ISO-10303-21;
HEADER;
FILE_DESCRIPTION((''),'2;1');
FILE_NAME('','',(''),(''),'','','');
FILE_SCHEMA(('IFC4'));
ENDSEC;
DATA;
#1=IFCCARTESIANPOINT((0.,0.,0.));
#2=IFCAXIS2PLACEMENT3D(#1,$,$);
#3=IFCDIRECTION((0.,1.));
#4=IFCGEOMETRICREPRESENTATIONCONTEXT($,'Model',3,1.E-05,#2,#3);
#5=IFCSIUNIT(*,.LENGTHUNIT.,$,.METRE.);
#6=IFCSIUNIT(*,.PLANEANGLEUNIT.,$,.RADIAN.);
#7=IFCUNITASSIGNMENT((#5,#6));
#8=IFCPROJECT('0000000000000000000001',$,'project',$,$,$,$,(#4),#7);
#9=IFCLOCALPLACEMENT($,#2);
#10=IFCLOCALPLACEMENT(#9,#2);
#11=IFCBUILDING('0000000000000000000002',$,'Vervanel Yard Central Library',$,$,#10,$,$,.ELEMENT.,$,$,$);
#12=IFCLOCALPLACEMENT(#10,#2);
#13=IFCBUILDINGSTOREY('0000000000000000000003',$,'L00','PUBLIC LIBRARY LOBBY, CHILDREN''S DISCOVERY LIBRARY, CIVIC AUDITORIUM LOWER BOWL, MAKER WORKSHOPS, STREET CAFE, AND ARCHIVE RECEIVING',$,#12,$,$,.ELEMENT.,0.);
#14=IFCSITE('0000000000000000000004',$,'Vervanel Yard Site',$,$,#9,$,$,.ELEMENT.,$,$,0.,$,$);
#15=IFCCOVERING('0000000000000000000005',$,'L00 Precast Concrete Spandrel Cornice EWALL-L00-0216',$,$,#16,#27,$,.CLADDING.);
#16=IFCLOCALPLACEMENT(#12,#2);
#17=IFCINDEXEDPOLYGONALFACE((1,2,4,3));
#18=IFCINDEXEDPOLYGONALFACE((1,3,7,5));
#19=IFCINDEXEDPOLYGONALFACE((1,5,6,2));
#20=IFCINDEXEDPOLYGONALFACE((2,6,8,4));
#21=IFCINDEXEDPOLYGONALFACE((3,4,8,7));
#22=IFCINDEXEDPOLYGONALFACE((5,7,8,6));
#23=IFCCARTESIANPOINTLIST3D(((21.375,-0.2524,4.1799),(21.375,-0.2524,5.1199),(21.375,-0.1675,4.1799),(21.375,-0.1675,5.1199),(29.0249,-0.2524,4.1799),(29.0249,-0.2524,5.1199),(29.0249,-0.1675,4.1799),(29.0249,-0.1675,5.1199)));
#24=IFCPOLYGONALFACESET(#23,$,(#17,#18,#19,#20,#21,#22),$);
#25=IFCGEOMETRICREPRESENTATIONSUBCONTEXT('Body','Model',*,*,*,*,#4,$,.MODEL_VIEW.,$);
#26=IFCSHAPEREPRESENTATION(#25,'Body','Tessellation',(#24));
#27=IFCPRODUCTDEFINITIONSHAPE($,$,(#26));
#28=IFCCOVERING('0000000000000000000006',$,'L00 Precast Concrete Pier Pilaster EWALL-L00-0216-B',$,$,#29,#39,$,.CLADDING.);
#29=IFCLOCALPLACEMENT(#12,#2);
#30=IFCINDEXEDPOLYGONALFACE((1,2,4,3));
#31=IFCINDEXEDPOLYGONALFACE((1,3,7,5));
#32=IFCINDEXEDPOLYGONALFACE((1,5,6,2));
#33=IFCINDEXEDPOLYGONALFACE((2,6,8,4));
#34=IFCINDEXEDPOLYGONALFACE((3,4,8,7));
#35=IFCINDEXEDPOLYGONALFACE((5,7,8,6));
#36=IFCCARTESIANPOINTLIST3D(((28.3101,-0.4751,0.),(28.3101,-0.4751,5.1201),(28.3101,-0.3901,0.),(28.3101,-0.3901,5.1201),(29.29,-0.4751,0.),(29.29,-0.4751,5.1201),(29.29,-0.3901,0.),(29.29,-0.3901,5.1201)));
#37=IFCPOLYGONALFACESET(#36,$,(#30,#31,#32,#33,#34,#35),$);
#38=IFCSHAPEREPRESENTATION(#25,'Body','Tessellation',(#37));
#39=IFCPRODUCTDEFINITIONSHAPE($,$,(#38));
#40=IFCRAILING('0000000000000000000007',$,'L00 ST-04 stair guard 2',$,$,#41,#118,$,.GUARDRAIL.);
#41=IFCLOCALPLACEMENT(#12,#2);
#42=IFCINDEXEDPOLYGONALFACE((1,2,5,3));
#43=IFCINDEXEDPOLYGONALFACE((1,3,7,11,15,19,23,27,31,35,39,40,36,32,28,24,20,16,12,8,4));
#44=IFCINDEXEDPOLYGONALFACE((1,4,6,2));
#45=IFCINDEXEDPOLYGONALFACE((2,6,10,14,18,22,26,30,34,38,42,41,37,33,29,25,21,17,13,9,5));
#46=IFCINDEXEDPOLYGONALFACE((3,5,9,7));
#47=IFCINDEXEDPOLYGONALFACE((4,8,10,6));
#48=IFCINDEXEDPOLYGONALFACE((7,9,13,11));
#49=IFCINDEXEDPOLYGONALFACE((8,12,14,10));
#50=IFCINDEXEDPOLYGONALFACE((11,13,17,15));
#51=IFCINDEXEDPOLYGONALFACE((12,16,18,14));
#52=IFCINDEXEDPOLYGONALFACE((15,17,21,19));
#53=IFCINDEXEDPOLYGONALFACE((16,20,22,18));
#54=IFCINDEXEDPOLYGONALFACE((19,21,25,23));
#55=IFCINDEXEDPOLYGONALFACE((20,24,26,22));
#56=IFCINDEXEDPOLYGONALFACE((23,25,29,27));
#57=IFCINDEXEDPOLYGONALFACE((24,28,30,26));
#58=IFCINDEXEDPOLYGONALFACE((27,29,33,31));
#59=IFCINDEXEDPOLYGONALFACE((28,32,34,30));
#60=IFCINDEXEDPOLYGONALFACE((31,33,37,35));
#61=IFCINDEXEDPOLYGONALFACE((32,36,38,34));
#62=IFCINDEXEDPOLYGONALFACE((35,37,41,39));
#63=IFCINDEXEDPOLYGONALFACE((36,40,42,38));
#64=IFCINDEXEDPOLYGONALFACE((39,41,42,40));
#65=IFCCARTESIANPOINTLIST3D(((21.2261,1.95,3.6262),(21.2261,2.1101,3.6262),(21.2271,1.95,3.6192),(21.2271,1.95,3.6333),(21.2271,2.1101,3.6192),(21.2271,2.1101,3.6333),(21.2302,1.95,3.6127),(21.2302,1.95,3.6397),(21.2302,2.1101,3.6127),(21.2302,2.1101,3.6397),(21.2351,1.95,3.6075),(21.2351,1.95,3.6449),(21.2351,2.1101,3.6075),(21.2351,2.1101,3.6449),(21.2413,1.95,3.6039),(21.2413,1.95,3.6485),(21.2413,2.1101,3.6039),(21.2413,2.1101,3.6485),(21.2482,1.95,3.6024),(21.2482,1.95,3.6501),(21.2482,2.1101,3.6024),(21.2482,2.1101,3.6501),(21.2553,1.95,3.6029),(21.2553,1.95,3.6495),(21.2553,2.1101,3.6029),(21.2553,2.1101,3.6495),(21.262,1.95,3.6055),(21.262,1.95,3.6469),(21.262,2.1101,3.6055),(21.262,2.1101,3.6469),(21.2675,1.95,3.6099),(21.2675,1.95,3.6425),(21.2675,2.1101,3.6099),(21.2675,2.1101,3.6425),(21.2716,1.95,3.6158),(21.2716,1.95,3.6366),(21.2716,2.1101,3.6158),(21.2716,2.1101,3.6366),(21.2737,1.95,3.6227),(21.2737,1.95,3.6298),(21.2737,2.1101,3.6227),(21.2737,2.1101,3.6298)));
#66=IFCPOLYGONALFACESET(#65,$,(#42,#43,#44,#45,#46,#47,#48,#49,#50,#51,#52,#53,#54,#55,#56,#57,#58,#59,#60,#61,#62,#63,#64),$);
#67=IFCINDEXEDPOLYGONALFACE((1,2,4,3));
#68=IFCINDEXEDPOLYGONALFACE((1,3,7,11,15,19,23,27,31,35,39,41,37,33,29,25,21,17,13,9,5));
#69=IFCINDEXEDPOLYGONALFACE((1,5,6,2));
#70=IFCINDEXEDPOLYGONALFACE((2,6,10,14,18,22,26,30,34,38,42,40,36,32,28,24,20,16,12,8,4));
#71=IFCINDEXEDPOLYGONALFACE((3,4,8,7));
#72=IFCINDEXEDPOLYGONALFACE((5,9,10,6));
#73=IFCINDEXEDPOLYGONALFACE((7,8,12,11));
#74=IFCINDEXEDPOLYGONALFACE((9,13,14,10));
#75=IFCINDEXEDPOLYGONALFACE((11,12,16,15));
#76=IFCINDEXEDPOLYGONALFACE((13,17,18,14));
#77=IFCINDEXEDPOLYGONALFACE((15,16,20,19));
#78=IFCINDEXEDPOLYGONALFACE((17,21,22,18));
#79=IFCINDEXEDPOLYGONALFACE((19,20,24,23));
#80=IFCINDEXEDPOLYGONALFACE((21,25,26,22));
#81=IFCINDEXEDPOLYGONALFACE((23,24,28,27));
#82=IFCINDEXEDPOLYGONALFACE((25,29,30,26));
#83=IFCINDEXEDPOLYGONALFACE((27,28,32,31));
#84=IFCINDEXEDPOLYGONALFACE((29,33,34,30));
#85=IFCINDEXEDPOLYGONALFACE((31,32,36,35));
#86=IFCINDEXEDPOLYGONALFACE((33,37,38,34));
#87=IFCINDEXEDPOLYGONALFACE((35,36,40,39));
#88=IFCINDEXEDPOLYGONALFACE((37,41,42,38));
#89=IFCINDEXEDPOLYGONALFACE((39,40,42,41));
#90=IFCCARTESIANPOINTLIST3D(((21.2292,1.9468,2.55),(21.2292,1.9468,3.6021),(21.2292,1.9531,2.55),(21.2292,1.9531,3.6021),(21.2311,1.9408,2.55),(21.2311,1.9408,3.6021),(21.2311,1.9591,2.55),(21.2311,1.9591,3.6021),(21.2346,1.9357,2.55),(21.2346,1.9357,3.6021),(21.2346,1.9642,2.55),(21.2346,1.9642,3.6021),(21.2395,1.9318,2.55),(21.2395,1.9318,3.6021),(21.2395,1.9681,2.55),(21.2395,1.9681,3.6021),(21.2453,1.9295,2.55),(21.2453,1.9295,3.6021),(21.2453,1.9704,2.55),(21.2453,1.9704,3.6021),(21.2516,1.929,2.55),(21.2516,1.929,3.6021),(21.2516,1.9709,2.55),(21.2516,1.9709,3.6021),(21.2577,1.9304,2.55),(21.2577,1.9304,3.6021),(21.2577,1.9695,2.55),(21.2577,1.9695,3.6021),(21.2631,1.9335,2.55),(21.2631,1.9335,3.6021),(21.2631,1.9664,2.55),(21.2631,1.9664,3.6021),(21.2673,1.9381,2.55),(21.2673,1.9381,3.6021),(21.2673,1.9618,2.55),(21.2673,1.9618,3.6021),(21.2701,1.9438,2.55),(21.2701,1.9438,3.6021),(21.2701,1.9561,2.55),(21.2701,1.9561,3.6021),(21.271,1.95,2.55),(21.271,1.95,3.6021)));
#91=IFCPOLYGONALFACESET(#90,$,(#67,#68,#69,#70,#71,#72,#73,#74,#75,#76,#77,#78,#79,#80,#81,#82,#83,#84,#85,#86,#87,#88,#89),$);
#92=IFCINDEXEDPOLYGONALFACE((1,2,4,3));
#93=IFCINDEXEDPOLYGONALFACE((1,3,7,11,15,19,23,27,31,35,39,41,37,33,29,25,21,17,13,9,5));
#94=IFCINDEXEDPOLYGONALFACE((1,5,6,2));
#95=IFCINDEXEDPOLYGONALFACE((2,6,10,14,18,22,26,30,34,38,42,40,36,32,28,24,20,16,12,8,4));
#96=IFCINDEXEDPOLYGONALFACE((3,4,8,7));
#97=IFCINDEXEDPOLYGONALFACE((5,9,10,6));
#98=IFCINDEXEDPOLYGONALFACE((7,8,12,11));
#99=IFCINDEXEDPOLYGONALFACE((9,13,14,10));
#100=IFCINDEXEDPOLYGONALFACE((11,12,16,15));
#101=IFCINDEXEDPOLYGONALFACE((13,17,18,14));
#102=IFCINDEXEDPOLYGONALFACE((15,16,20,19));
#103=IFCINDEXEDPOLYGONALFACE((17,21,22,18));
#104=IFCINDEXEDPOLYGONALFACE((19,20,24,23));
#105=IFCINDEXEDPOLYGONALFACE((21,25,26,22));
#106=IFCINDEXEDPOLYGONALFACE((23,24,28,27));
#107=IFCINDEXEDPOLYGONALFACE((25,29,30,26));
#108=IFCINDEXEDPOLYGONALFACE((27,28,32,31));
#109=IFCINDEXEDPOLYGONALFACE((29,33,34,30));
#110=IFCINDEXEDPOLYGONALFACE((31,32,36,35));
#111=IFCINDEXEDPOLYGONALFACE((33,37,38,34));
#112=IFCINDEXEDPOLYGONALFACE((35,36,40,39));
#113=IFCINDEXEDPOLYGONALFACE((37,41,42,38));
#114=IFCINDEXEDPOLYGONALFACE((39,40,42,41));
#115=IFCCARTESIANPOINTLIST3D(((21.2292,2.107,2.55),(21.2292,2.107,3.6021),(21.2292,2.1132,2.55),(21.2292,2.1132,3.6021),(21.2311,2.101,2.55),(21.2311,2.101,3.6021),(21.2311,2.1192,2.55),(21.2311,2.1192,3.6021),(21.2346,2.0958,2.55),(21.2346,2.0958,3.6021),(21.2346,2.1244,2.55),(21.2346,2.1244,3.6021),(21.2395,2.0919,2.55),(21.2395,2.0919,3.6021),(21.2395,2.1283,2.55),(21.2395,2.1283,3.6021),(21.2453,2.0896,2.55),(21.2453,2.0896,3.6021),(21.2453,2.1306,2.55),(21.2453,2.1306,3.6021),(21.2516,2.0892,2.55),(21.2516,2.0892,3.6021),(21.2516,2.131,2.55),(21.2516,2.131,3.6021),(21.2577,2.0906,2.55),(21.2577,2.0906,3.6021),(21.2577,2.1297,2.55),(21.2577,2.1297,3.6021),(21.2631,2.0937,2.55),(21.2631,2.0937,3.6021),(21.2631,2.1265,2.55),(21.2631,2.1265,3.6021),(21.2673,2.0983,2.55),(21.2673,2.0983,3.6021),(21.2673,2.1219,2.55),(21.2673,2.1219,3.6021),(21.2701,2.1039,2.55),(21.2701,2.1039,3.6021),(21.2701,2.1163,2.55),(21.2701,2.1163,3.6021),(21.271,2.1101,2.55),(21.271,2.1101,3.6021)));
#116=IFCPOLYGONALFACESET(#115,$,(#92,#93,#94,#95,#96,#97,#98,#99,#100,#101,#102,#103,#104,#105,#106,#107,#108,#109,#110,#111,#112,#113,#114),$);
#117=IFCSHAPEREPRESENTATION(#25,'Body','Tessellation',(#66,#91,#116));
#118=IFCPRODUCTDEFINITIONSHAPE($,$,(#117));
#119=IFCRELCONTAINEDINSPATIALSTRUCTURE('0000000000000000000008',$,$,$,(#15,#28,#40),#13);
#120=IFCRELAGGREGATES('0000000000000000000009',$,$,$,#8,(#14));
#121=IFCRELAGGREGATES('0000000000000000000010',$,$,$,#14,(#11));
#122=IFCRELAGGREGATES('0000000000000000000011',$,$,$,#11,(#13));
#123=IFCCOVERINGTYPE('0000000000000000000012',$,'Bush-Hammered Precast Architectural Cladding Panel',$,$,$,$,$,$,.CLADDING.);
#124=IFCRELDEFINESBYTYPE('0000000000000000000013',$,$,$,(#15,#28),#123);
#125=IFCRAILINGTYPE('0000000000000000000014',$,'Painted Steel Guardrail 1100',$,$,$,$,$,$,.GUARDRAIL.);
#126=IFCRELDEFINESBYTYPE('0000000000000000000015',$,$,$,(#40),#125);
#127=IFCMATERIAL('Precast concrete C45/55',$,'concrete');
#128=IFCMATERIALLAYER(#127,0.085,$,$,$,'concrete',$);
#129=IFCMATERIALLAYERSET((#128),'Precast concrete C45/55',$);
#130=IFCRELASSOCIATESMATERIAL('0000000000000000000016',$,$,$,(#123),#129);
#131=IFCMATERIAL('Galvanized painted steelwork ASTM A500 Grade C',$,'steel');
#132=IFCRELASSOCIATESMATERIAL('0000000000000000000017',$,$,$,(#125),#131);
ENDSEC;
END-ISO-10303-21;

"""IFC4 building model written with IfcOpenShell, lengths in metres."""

from ifc_helpers import new_model, si_unit, direction, frame, origin, origin_2d, place, context, subcontext, project, spatial, rectangle, circle, extrude, material, layer, layer_set, type_object, element, save


model = new_model("IFC4")

# Units and contexts
model_context = context("Model", 3, precision=1e-05, world=origin(), true_north=direction((0.0, 1.0)))
body_context = subcontext(model_context, "Body", "Model", "MODEL_VIEW")
ifc_project = project(units=[si_unit("LENGTHUNIT", "METRE"), si_unit("PLANEANGLEUNIT", "RADIAN")], contexts=[model_context])

# Site, building, storey
site_placement = place(None, origin())
site = spatial("IfcSite", under=ifc_project, at=site_placement, Name="Vervanel Yard Site", CompositionType="ELEMENT", RefElevation=0.0)
building_placement = place(site_placement, origin())
building = spatial("IfcBuilding", under=site, at=building_placement, Name="Vervanel Yard Central Library", CompositionType="ELEMENT")
storey_placement = place(building_placement, origin())
storey = spatial("IfcBuildingStorey", under=building, at=storey_placement, Name="L00", Description="PUBLIC LIBRARY LOBBY, CHILDREN'S DISCOVERY LIBRARY, CIVIC AUDITORIUM LOWER BOWL, MAKER WORKSHOPS, STREET CAFE, AND ARCHIVE RECEIVING", CompositionType="ELEMENT", Elevation=0.0)

# Shared definitions
ifc_material_1 = material(Name="Galvanized painted steelwork ASTM A500 Grade C", Category="steel")

# Coverings
ifc_material_2 = material(Name="Precast concrete C45/55", Category="concrete")
ifc_layer_1 = layer(ifc_material_2, 0.085, Category="concrete")
ifc_layer_set_1 = layer_set([ifc_layer_1], Name="Precast concrete C45/55")
covering_type = type_object("IfcCoveringType", Name="Bush-Hammered Precast Architectural Cladding Panel", PredefinedType="CLADDING", material=ifc_layer_set_1)
covering_1_placement = place(storey_placement, frame((25.2, -0.21, 4.1799), z_axis=(0.0, 0.0, 1.0), x_axis=(1.0, 0.0, 0.0)))
element("IfcCovering", 1, at=covering_1_placement, inside=storey, type_object=covering_type, Name="L00 Precast Concrete Spandrel Cornice EWALL-L00-0216", PredefinedType="CLADDING", context=body_context, shape_type="SweptSolid", body=[
    extrude(rectangle(XDim=7.6499, YDim=0.085, at=origin_2d()), origin(), (0.0, 0.0, 1.0), 0.9399),
])
covering_2_placement = place(storey_placement, frame((28.8, -0.4326, 0.0), z_axis=(0.0, 0.0, 1.0), x_axis=(1.0, 0.0, 0.0)))
element("IfcCovering", 2, at=covering_2_placement, inside=storey, type_object=covering_type, Name="L00 Precast Concrete Pier Pilaster EWALL-L00-0216-B", PredefinedType="CLADDING", context=body_context, shape_type="SweptSolid", body=[
    extrude(rectangle(XDim=0.98, YDim=0.085, at=origin_2d()), origin(), (0.0, 0.0, 1.0), 5.1201),
])

# Railing
railing_type_1 = type_object("IfcRailingType", Name="Painted Steel Guardrail 1100", PredefinedType="GUARDRAIL", material=ifc_material_1)
railing_1_placement = place(storey_placement, frame((21.25, 1.95, 2.55)))
element("IfcRailing", 3, at=railing_1_placement, inside=storey, type_object=railing_type_1, Name="L00 ST-04 stair guard 2", PredefinedType="GUARDRAIL", context=body_context, shape_type="SweptSolid", body=[
    extrude(circle(Radius=0.0239, at=origin_2d()), frame((0.0, 0.0, 1.0762), z_axis=(0.0, 1.0, 0.0), x_axis=(-1.0, 0.0, 0.0)), (0.0, 0.0, 1.0), 0.1602),
    extrude(circle(Radius=0.021, at=origin_2d()), origin(), (0.0, 0.0, 1.0), 1.052),
    extrude(circle(Radius=0.021, at=origin_2d()), frame((0.0, 0.1602, 0.0)), (0.0, 0.0, 1.0), 1.052),
])

save(model, "model.ifc")
